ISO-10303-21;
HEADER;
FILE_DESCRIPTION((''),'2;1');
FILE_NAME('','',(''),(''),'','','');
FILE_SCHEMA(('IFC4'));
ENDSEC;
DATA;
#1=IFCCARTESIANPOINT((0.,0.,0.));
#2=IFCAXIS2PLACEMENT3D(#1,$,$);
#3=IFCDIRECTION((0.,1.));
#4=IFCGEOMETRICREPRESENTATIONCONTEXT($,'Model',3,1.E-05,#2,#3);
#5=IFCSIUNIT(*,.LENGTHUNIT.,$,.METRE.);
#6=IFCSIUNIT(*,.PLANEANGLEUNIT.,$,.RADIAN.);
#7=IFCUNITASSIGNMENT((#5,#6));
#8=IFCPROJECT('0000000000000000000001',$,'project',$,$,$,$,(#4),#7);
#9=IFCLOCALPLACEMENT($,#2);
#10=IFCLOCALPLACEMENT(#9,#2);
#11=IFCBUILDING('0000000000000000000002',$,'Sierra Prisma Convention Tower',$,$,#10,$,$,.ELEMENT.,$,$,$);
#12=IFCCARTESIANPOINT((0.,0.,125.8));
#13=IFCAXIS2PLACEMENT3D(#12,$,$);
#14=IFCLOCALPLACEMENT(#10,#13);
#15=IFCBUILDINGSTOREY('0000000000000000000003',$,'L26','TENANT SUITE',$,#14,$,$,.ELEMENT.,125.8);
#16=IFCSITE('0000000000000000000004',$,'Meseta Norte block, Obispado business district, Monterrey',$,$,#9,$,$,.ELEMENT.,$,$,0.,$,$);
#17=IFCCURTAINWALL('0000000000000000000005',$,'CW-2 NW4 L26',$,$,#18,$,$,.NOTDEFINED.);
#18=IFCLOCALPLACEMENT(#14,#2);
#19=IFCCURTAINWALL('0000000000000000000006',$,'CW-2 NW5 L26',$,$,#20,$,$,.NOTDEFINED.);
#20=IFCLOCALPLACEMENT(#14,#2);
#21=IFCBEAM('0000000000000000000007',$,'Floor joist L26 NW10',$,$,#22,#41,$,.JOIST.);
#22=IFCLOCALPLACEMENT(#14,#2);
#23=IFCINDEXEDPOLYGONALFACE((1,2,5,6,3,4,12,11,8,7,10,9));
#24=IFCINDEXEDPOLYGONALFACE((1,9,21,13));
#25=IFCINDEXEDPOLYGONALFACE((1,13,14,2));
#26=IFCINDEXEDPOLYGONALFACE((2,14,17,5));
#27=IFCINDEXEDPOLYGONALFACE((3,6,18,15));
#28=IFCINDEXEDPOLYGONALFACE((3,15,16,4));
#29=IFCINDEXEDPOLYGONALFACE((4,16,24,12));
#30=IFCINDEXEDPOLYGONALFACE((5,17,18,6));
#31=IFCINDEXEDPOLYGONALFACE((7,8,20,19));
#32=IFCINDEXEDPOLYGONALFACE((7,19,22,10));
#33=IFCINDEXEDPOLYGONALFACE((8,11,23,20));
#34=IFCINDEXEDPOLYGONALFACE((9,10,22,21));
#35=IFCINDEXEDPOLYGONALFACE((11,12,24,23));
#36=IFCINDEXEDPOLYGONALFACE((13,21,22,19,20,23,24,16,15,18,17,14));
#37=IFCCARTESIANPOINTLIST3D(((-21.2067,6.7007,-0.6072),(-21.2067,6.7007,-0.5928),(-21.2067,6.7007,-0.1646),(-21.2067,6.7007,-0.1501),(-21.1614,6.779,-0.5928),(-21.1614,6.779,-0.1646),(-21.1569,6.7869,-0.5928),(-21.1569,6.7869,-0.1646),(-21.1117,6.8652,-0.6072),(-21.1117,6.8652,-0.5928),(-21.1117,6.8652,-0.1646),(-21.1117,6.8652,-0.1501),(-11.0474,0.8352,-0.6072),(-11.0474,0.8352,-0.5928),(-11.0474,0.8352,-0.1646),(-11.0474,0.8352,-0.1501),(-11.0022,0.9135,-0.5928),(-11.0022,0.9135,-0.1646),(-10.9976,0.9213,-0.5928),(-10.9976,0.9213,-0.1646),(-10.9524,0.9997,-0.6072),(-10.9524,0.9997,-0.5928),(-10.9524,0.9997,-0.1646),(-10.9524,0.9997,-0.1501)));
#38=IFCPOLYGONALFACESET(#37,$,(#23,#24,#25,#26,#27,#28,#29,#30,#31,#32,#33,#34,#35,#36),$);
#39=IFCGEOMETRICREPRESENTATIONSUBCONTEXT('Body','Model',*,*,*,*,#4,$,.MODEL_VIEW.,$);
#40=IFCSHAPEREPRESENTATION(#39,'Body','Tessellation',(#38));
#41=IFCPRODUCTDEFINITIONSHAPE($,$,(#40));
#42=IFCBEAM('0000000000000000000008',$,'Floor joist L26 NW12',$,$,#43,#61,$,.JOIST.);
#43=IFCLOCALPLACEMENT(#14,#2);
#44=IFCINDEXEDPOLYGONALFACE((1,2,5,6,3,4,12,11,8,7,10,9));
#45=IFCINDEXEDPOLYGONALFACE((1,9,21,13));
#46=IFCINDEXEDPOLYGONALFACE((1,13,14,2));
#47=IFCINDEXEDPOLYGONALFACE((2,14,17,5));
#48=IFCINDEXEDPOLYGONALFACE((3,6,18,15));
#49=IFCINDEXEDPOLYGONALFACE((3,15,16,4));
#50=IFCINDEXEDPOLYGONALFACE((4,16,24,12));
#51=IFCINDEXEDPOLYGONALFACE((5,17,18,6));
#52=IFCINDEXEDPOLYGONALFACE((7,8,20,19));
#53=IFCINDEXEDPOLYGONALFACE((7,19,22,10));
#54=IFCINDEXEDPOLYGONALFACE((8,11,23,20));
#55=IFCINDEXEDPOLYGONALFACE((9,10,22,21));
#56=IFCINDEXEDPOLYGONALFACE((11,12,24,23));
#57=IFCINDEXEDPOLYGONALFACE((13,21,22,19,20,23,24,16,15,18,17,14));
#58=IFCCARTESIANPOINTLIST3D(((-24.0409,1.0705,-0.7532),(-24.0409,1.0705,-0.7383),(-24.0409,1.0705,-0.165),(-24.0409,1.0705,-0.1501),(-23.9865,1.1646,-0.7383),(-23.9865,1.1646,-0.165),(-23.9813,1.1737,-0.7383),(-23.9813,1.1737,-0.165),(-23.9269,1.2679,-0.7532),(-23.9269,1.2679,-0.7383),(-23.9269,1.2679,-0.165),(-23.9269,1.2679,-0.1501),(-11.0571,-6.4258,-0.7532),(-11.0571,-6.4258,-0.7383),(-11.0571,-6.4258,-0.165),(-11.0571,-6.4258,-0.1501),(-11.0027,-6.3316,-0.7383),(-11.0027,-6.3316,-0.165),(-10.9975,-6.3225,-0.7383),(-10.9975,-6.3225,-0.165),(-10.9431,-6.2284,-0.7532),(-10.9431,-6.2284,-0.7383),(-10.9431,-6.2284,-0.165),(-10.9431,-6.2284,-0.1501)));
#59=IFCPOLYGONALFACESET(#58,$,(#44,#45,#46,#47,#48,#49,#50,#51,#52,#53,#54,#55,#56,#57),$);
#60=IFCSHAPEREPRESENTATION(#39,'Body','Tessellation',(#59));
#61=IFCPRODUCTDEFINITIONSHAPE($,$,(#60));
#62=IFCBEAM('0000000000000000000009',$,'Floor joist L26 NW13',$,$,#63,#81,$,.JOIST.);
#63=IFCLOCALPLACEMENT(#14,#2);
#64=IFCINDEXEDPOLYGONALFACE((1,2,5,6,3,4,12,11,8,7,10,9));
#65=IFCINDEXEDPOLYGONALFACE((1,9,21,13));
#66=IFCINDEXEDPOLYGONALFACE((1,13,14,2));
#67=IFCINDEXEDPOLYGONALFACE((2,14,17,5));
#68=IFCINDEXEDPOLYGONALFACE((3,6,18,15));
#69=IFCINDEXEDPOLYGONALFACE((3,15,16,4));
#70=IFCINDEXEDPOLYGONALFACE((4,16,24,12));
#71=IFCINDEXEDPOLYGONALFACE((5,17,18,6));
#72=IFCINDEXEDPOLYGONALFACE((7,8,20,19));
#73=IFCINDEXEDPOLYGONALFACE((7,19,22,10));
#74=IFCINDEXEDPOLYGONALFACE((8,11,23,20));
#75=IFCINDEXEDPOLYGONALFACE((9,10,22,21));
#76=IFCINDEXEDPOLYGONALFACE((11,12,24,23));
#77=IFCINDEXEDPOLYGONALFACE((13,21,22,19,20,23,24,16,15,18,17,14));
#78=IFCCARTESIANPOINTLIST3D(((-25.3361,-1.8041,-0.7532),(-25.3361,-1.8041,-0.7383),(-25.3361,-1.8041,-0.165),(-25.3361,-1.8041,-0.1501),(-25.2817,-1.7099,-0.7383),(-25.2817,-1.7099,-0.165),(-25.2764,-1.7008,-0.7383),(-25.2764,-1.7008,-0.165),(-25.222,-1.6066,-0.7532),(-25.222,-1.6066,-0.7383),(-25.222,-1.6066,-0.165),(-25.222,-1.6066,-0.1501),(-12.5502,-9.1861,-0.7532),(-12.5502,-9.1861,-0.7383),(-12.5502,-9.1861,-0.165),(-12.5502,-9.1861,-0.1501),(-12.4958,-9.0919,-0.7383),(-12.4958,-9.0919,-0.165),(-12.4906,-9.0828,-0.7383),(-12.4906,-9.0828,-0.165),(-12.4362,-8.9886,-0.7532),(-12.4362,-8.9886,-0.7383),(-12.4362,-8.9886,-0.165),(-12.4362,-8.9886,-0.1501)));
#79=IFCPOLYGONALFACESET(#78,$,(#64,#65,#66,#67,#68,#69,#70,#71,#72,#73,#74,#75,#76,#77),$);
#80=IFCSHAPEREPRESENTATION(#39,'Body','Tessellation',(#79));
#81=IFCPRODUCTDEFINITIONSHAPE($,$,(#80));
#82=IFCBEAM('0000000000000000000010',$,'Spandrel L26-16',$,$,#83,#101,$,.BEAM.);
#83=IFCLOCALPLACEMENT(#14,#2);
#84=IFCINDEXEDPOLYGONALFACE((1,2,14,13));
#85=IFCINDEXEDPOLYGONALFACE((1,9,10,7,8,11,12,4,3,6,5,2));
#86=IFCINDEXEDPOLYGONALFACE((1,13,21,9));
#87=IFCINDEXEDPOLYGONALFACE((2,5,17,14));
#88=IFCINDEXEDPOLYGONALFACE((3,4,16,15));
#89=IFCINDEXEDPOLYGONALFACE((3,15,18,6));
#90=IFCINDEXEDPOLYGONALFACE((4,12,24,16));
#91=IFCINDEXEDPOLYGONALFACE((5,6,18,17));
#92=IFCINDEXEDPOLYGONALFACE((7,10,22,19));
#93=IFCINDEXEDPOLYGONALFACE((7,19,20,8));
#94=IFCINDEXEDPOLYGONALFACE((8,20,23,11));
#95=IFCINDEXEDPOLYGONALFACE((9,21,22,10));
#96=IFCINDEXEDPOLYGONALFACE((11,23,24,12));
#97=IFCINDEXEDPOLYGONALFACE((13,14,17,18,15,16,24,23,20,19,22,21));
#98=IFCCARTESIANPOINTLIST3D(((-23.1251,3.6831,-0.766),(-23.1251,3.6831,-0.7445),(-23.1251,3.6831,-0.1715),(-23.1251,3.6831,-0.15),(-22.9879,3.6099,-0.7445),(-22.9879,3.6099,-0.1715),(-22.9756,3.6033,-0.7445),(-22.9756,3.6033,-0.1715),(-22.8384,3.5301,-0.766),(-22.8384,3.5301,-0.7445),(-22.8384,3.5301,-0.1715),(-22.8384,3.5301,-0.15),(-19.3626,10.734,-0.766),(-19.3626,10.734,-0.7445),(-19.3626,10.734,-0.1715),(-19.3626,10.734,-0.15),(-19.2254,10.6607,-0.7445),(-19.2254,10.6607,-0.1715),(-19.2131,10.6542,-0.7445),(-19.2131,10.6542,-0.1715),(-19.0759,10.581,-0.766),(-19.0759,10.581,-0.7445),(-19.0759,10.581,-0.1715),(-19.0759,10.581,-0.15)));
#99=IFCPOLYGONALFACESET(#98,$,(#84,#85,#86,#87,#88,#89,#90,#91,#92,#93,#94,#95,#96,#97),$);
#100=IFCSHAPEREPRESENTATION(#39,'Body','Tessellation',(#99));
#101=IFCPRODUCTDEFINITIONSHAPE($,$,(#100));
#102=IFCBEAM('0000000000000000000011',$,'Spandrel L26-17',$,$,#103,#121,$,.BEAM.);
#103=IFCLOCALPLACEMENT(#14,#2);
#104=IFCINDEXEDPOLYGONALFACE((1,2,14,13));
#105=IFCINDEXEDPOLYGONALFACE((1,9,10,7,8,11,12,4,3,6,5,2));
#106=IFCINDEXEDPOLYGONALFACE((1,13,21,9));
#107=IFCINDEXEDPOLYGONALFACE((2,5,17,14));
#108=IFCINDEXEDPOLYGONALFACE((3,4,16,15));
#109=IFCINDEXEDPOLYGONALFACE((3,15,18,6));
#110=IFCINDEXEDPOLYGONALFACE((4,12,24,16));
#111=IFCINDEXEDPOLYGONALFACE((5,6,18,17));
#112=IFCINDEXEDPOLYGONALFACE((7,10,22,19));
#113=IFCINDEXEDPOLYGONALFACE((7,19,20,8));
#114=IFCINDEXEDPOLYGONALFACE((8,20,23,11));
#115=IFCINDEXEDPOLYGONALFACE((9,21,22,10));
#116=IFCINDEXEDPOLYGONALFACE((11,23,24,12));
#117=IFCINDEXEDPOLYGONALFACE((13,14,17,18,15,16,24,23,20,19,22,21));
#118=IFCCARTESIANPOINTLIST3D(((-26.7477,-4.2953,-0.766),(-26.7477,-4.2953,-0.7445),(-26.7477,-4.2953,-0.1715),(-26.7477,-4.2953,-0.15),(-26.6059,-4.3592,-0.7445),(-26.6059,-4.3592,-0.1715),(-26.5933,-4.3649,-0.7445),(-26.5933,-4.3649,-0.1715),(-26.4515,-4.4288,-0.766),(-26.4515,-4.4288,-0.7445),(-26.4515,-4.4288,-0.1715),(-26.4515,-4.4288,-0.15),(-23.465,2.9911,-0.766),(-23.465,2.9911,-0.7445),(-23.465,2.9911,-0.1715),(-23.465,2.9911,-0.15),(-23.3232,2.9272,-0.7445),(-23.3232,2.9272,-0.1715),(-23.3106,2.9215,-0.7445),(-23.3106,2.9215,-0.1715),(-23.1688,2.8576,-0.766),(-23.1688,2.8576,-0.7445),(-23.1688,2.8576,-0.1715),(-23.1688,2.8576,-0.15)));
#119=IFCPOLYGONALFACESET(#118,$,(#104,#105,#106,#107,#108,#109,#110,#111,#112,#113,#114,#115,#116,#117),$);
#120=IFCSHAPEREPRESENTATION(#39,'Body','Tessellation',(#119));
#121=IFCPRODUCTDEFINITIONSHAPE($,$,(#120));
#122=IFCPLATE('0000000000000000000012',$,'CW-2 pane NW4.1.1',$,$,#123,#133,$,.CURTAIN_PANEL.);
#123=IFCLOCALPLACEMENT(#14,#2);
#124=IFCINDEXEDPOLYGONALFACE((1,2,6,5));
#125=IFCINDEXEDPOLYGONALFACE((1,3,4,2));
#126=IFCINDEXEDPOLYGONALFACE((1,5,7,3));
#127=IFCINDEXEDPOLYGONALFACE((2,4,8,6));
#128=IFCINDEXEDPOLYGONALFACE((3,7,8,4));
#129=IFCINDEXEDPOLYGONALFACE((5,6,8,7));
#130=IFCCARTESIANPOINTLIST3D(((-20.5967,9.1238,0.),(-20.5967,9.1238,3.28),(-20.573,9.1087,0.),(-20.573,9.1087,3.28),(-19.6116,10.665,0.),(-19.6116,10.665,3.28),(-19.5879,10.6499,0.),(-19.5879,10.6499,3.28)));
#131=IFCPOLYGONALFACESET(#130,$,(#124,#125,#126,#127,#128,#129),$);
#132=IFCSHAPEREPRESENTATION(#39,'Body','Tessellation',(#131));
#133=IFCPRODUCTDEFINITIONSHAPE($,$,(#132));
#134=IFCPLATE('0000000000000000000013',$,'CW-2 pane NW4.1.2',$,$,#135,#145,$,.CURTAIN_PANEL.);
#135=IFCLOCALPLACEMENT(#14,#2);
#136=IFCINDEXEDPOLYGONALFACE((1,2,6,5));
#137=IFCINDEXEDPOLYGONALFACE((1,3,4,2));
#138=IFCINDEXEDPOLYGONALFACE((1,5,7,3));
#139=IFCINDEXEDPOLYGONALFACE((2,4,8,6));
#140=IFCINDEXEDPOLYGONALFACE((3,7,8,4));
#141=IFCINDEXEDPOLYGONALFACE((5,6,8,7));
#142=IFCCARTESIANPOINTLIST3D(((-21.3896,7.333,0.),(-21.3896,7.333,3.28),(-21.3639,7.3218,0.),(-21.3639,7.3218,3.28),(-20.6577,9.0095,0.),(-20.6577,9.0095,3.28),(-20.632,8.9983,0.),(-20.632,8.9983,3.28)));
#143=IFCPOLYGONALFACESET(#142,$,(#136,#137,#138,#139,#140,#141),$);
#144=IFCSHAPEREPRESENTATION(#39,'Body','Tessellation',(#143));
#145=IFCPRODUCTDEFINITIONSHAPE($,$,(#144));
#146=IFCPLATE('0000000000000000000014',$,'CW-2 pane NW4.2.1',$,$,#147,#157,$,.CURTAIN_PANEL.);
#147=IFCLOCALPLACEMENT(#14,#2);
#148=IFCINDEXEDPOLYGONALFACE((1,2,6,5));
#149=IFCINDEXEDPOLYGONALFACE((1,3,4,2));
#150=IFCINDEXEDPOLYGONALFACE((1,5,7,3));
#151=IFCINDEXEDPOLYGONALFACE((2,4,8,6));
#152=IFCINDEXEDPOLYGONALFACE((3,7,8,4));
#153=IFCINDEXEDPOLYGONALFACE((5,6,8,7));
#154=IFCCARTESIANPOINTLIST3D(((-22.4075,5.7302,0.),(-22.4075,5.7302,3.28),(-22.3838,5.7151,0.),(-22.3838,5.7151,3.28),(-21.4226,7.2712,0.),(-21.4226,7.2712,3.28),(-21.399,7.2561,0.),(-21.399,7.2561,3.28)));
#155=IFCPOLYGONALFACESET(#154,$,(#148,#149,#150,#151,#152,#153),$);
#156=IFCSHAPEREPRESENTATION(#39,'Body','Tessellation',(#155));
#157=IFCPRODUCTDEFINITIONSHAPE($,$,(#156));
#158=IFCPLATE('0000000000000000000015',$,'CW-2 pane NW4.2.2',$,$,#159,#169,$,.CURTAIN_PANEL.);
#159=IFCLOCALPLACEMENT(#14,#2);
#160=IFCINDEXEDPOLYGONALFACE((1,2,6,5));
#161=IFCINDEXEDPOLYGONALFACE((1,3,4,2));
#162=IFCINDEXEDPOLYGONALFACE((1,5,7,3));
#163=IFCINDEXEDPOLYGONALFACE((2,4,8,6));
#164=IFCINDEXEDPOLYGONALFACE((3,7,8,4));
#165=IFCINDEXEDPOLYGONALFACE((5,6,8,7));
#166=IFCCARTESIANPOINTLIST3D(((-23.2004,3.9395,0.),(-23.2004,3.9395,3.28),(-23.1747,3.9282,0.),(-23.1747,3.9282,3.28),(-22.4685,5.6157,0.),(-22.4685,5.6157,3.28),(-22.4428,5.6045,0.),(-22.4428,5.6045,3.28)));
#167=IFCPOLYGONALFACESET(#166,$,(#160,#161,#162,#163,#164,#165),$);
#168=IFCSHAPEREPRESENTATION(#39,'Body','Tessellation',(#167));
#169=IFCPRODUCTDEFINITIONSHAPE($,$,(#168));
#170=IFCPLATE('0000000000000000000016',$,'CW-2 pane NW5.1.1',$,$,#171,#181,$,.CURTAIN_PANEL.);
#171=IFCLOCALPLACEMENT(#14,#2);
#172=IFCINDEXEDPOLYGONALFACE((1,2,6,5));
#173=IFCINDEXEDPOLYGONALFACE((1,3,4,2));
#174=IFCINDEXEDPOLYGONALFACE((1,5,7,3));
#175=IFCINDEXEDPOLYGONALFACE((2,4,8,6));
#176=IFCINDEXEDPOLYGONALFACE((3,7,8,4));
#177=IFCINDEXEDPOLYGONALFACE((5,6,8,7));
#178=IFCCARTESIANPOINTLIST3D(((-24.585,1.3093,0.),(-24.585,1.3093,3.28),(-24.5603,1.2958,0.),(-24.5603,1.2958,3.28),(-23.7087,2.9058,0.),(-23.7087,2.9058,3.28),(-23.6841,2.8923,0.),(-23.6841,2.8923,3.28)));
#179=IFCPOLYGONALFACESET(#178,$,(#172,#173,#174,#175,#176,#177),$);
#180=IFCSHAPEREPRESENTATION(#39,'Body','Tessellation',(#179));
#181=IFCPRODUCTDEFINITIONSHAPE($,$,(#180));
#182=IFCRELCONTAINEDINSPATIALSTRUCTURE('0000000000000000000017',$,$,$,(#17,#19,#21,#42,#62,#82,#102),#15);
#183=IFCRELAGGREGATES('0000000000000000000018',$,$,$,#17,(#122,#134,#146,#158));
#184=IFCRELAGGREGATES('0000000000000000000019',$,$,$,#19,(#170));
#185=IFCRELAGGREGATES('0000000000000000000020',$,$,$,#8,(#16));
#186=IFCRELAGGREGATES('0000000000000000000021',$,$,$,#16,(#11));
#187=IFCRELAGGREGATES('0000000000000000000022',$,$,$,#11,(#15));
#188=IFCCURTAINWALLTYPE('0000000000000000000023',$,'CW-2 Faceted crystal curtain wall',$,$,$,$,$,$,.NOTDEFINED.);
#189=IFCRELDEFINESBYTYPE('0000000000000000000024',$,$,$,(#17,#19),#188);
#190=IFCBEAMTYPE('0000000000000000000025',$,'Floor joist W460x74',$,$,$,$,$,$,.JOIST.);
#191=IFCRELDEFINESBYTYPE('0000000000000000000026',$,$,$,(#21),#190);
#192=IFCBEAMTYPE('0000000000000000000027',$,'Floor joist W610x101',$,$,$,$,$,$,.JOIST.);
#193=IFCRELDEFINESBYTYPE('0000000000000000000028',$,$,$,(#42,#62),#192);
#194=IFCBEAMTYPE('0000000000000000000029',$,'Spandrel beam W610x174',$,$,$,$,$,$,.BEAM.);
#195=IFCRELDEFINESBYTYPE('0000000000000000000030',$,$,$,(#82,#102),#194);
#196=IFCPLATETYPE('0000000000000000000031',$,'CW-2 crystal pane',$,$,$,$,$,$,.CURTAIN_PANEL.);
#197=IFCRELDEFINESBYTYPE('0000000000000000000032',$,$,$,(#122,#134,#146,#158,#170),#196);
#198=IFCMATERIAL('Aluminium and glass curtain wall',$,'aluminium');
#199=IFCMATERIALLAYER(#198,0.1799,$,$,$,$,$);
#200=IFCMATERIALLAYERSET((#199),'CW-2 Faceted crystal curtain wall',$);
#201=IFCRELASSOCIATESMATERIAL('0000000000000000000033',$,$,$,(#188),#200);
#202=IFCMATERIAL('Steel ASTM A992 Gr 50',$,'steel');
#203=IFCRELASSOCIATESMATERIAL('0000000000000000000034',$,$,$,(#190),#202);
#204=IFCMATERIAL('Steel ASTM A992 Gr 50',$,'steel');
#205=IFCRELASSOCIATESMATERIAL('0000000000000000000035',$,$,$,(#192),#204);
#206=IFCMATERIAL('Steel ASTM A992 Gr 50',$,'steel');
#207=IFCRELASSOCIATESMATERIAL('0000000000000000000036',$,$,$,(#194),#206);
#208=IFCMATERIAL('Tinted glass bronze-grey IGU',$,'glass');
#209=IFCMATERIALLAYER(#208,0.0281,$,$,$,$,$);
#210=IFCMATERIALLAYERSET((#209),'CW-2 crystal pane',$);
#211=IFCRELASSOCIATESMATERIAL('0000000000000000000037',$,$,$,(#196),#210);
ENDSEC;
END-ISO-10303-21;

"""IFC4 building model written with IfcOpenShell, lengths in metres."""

from ifc_helpers import new_model, si_unit, direction, frame, origin, origin_2d, place, context, subcontext, project, spatial, polyline, i_section, outline, extrude, material, layer, layer_set, material_profile, profile_set, type_object, element, aggregate, save


model = new_model("IFC4")

# Units and contexts
model_context = context("Model", 3, precision=1e-05, world=origin(), true_north=direction((0.0, 1.0)))
body_context = subcontext(model_context, "Body", "Model", "MODEL_VIEW")
ifc_project = project(units=[si_unit("LENGTHUNIT", "METRE"), si_unit("PLANEANGLEUNIT", "RADIAN")], contexts=[model_context])

# Site, building, storey
site_placement = place(None, origin())
site = spatial("IfcSite", under=ifc_project, at=site_placement, Name="Meseta Norte block, Obispado business district, Monterrey", CompositionType="ELEMENT", RefElevation=0.0)
building_placement = place(site_placement, origin())
building = spatial("IfcBuilding", under=site, at=building_placement, Name="Sierra Prisma Convention Tower", CompositionType="ELEMENT")
storey_placement = place(building_placement, frame((0.0, 0.0, 125.8)))
storey = spatial("IfcBuildingStorey", under=building, at=storey_placement, Name="L26", Description="TENANT SUITE", CompositionType="ELEMENT", Elevation=125.8)

# Curtain wall
ifc_material_1 = material(Name="Aluminium and glass curtain wall", Category="aluminium")
ifc_layer_1 = layer(ifc_material_1, 0.1799)
ifc_layer_set_1 = layer_set([ifc_layer_1], Name="CW-2 Faceted crystal curtain wall")
curtain_wall_type = type_object("IfcCurtainWallType", Name="CW-2 Faceted crystal curtain wall", PredefinedType="NOTDEFINED", material=ifc_layer_set_1)
curtain_wall_1_placement = place(storey_placement, origin())
curtain_wall_1 = element("IfcCurtainWall", 1, at=curtain_wall_1_placement, inside=storey, type_object=curtain_wall_type, Name="CW-2 NW4 L26", PredefinedType="NOTDEFINED")

# Curtain wall
curtain_wall_2_placement = place(storey_placement, origin())
curtain_wall_2 = element("IfcCurtainWall", 2, at=curtain_wall_2_placement, inside=storey, type_object=curtain_wall_type, Name="CW-2 NW5 L26", PredefinedType="NOTDEFINED")

# Beams
ifc_material_2 = material(Name="Steel ASTM A992 Gr 50", Category="steel")
ifc_material_profile_1 = material_profile(ifc_material_2, i_section(OverallWidth=0.1899, OverallDepth=0.457, WebThickness=0.009, FlangeThickness=0.0144, at=origin_2d()), Name="W460x74")
ifc_profile_set_1 = profile_set([ifc_material_profile_1], Name="Steel ASTM A992 Gr 50")
beam_type_1 = type_object("IfcBeamType", Name="Floor joist W460x74", PredefinedType="JOIST", material=ifc_profile_set_1)
beam_1_placement = place(storey_placement, frame((-21.1592, 6.783, -0.3787), z_axis=(0.866023, -0.500005, 0.0), x_axis=(0.500005, 0.866023, 0.0)))
element("IfcBeam", 3, at=beam_1_placement, inside=storey, type_object=beam_type_1, Name="Floor joist L26 NW10", PredefinedType="JOIST", context=body_context, shape_type="SweptSolid", body=[
    extrude(i_section(OverallWidth=0.1899, OverallDepth=0.457, WebThickness=0.009, FlangeThickness=0.0144, at=origin_2d()), origin(), (0.0, 0.0, 1.0), 11.731),
])
ifc_material_3 = material(Name="Steel ASTM A992 Gr 50", Category="steel")
ifc_material_profile_2 = material_profile(ifc_material_3, i_section(OverallWidth=0.228, OverallDepth=0.603, WebThickness=0.0105, FlangeThickness=0.0149, at=origin_2d()), Name="W610x101")
ifc_profile_set_2 = profile_set([ifc_material_profile_2], Name="Steel ASTM A992 Gr 50")
beam_type_2 = type_object("IfcBeamType", Name="Floor joist W610x101", PredefinedType="JOIST", material=ifc_profile_set_2)
beam_2_placement = place(storey_placement, frame((-23.9839, 1.1692, -0.4517), z_axis=(0.866023, -0.500004, 0.0), x_axis=(0.500004, 0.866023, 0.0)))
element("IfcBeam", 4, at=beam_2_placement, inside=storey, type_object=beam_type_2, Name="Floor joist L26 NW12", PredefinedType="JOIST", context=body_context, shape_type="SweptSolid", body=[
    extrude(i_section(OverallWidth=0.228, OverallDepth=0.603, WebThickness=0.0105, FlangeThickness=0.0149, at=origin_2d()), origin(), (0.0, 0.0, 1.0), 14.9924),
])
beam_3_placement = place(storey_placement, frame((-25.2791, -1.7053, -0.4517), z_axis=(0.866021, -0.500007, 0.0), x_axis=(0.500007, 0.866021, 0.0)))
element("IfcBeam", 5, at=beam_3_placement, inside=storey, type_object=beam_type_2, Name="Floor joist L26 NW13", PredefinedType="JOIST", context=body_context, shape_type="SweptSolid", body=[
    extrude(i_section(OverallWidth=0.228, OverallDepth=0.603, WebThickness=0.0105, FlangeThickness=0.0149, at=origin_2d()), origin(), (0.0, 0.0, 1.0), 14.7639),
])
ifc_material_4 = material(Name="Steel ASTM A992 Gr 50", Category="steel")
ifc_material_profile_3 = material_profile(ifc_material_4, i_section(OverallWidth=0.325, OverallDepth=0.616, WebThickness=0.0139, FlangeThickness=0.0215, at=origin_2d()), Name="W610x174")
ifc_profile_set_3 = profile_set([ifc_material_profile_3], Name="Steel ASTM A992 Gr 50")
beam_type_3 = type_object("IfcBeamType", Name="Spandrel beam W610x174", PredefinedType="BEAM", material=ifc_profile_set_3)
beam_4_placement = place(storey_placement, frame((-19.2192, 10.6575, -0.458), z_axis=(-0.470786, -0.882247, 0.0), x_axis=(0.882247, -0.470786, 0.0)))
element("IfcBeam", 6, at=beam_4_placement, inside=storey, type_object=beam_type_3, Name="Spandrel L26-16", PredefinedType="BEAM", context=body_context, shape_type="SweptSolid", body=[
    extrude(i_section(OverallWidth=0.325, OverallDepth=0.616, WebThickness=0.0139, FlangeThickness=0.0215, at=origin_2d()), origin(), (0.0, 0.0, 1.0), 7.9919),
])
beam_5_placement = place(storey_placement, frame((-23.3169, 2.9243, -0.458), z_axis=(-0.410765, -0.911741, 0.0), x_axis=(0.911741, -0.410765, 0.0)))
element("IfcBeam", 7, at=beam_5_placement, inside=storey, type_object=beam_type_3, Name="Spandrel L26-17", PredefinedType="BEAM", context=body_context, shape_type="SweptSolid", body=[
    extrude(i_section(OverallWidth=0.325, OverallDepth=0.616, WebThickness=0.0139, FlangeThickness=0.0215, at=origin_2d()), origin(), (0.0, 0.0, 1.0), 7.9917),
])

# Plates
ifc_material_5 = material(Name="Tinted glass bronze-grey IGU", Category="glass")
ifc_layer_2 = layer(ifc_material_5, 0.0281)
ifc_layer_set_2 = layer_set([ifc_layer_2], Name="CW-2 crystal pane")
plate_type = type_object("IfcPlateType", Name="CW-2 crystal pane", PredefinedType="CURTAIN_PANEL", material=ifc_layer_set_2)
plate_1_placement = place(storey_placement, frame((-19.6116, 10.665, 0.0), z_axis=(-0.842594, 0.53855, 0.0), x_axis=(-0.53855, -0.842594, 0.0)))
plate_1 = element("IfcPlate", 8, at=plate_1_placement, type_object=plate_type, Name="CW-2 pane NW4.1.1", PredefinedType="CURTAIN_PANEL", context=body_context, shape_type="SweptSolid", body=[
    extrude(outline(polyline([(0.0, 0.0), (1.8292, 0.0), (1.8292, 3.28), (0.0, 3.28), (0.0, 0.0)])), origin(), (0.0, 0.0, -1.0), 0.0281),
])
plate_2_placement = place(storey_placement, frame((-21.3896, 7.333, 0.0), z_axis=(-0.916466, 0.400112, 0.0), x_axis=(0.400112, 0.916466, 0.0)))
plate_2 = element("IfcPlate", 9, at=plate_2_placement, type_object=plate_type, Name="CW-2 pane NW4.1.2", PredefinedType="CURTAIN_PANEL", context=body_context, shape_type="SweptSolid", body=[
    extrude(outline(polyline([(0.0, 0.0), (1.8293, 0.0), (1.8293, -3.28), (0.0, -3.28), (0.0, 0.0)])), origin(), (0.0, 0.0, -1.0), 0.0281),
])
plate_3_placement = place(storey_placement, frame((-21.4226, 7.2712, 0.0), z_axis=(-0.842615, 0.538516, 0.0), x_axis=(-0.538516, -0.842615, 0.0)))
plate_3 = element("IfcPlate", 10, at=plate_3_placement, type_object=plate_type, Name="CW-2 pane NW4.2.1", PredefinedType="CURTAIN_PANEL", context=body_context, shape_type="SweptSolid", body=[
    extrude(outline(polyline([(0.0, 0.0), (1.8288, 0.0), (1.8288, 3.28), (0.0, 3.28), (0.0, 0.0)])), origin(), (0.0, 0.0, -1.0), 0.0281),
])
plate_4_placement = place(storey_placement, frame((-23.2004, 3.9395, 0.0), z_axis=(-0.916445, 0.400161, 0.0), x_axis=(0.400161, 0.916445, 0.0)))
plate_4 = element("IfcPlate", 11, at=plate_4_placement, type_object=plate_type, Name="CW-2 pane NW4.2.2", PredefinedType="CURTAIN_PANEL", context=body_context, shape_type="SweptSolid", body=[
    extrude(outline(polyline([(0.0, 0.0), (1.8291, 0.0), (1.8291, -3.28), (0.0, -3.28), (0.0, 0.0)])), origin(), (0.0, 0.0, -1.0), 0.0281),
])
aggregate(curtain_wall_1, [plate_1, plate_2, plate_3, plate_4])
plate_5_placement = place(storey_placement, frame((-23.7087, 2.9058, 0.0), z_axis=(-0.876637, 0.481152, 0.0), x_axis=(-0.481152, -0.876637, 0.0)))
plate_5 = element("IfcPlate", 12, at=plate_5_placement, type_object=plate_type, Name="CW-2 pane NW5.1.1", PredefinedType="CURTAIN_PANEL", context=body_context, shape_type="SweptSolid", body=[
    extrude(outline(polyline([(0.0, 0.0), (1.8211, 0.0), (1.8211, 3.28), (0.0, 3.28), (0.0, 0.0)])), origin(), (0.0, 0.0, -1.0), 0.0281),
])
aggregate(curtain_wall_2, [plate_5])

save(model, "model.ifc")
